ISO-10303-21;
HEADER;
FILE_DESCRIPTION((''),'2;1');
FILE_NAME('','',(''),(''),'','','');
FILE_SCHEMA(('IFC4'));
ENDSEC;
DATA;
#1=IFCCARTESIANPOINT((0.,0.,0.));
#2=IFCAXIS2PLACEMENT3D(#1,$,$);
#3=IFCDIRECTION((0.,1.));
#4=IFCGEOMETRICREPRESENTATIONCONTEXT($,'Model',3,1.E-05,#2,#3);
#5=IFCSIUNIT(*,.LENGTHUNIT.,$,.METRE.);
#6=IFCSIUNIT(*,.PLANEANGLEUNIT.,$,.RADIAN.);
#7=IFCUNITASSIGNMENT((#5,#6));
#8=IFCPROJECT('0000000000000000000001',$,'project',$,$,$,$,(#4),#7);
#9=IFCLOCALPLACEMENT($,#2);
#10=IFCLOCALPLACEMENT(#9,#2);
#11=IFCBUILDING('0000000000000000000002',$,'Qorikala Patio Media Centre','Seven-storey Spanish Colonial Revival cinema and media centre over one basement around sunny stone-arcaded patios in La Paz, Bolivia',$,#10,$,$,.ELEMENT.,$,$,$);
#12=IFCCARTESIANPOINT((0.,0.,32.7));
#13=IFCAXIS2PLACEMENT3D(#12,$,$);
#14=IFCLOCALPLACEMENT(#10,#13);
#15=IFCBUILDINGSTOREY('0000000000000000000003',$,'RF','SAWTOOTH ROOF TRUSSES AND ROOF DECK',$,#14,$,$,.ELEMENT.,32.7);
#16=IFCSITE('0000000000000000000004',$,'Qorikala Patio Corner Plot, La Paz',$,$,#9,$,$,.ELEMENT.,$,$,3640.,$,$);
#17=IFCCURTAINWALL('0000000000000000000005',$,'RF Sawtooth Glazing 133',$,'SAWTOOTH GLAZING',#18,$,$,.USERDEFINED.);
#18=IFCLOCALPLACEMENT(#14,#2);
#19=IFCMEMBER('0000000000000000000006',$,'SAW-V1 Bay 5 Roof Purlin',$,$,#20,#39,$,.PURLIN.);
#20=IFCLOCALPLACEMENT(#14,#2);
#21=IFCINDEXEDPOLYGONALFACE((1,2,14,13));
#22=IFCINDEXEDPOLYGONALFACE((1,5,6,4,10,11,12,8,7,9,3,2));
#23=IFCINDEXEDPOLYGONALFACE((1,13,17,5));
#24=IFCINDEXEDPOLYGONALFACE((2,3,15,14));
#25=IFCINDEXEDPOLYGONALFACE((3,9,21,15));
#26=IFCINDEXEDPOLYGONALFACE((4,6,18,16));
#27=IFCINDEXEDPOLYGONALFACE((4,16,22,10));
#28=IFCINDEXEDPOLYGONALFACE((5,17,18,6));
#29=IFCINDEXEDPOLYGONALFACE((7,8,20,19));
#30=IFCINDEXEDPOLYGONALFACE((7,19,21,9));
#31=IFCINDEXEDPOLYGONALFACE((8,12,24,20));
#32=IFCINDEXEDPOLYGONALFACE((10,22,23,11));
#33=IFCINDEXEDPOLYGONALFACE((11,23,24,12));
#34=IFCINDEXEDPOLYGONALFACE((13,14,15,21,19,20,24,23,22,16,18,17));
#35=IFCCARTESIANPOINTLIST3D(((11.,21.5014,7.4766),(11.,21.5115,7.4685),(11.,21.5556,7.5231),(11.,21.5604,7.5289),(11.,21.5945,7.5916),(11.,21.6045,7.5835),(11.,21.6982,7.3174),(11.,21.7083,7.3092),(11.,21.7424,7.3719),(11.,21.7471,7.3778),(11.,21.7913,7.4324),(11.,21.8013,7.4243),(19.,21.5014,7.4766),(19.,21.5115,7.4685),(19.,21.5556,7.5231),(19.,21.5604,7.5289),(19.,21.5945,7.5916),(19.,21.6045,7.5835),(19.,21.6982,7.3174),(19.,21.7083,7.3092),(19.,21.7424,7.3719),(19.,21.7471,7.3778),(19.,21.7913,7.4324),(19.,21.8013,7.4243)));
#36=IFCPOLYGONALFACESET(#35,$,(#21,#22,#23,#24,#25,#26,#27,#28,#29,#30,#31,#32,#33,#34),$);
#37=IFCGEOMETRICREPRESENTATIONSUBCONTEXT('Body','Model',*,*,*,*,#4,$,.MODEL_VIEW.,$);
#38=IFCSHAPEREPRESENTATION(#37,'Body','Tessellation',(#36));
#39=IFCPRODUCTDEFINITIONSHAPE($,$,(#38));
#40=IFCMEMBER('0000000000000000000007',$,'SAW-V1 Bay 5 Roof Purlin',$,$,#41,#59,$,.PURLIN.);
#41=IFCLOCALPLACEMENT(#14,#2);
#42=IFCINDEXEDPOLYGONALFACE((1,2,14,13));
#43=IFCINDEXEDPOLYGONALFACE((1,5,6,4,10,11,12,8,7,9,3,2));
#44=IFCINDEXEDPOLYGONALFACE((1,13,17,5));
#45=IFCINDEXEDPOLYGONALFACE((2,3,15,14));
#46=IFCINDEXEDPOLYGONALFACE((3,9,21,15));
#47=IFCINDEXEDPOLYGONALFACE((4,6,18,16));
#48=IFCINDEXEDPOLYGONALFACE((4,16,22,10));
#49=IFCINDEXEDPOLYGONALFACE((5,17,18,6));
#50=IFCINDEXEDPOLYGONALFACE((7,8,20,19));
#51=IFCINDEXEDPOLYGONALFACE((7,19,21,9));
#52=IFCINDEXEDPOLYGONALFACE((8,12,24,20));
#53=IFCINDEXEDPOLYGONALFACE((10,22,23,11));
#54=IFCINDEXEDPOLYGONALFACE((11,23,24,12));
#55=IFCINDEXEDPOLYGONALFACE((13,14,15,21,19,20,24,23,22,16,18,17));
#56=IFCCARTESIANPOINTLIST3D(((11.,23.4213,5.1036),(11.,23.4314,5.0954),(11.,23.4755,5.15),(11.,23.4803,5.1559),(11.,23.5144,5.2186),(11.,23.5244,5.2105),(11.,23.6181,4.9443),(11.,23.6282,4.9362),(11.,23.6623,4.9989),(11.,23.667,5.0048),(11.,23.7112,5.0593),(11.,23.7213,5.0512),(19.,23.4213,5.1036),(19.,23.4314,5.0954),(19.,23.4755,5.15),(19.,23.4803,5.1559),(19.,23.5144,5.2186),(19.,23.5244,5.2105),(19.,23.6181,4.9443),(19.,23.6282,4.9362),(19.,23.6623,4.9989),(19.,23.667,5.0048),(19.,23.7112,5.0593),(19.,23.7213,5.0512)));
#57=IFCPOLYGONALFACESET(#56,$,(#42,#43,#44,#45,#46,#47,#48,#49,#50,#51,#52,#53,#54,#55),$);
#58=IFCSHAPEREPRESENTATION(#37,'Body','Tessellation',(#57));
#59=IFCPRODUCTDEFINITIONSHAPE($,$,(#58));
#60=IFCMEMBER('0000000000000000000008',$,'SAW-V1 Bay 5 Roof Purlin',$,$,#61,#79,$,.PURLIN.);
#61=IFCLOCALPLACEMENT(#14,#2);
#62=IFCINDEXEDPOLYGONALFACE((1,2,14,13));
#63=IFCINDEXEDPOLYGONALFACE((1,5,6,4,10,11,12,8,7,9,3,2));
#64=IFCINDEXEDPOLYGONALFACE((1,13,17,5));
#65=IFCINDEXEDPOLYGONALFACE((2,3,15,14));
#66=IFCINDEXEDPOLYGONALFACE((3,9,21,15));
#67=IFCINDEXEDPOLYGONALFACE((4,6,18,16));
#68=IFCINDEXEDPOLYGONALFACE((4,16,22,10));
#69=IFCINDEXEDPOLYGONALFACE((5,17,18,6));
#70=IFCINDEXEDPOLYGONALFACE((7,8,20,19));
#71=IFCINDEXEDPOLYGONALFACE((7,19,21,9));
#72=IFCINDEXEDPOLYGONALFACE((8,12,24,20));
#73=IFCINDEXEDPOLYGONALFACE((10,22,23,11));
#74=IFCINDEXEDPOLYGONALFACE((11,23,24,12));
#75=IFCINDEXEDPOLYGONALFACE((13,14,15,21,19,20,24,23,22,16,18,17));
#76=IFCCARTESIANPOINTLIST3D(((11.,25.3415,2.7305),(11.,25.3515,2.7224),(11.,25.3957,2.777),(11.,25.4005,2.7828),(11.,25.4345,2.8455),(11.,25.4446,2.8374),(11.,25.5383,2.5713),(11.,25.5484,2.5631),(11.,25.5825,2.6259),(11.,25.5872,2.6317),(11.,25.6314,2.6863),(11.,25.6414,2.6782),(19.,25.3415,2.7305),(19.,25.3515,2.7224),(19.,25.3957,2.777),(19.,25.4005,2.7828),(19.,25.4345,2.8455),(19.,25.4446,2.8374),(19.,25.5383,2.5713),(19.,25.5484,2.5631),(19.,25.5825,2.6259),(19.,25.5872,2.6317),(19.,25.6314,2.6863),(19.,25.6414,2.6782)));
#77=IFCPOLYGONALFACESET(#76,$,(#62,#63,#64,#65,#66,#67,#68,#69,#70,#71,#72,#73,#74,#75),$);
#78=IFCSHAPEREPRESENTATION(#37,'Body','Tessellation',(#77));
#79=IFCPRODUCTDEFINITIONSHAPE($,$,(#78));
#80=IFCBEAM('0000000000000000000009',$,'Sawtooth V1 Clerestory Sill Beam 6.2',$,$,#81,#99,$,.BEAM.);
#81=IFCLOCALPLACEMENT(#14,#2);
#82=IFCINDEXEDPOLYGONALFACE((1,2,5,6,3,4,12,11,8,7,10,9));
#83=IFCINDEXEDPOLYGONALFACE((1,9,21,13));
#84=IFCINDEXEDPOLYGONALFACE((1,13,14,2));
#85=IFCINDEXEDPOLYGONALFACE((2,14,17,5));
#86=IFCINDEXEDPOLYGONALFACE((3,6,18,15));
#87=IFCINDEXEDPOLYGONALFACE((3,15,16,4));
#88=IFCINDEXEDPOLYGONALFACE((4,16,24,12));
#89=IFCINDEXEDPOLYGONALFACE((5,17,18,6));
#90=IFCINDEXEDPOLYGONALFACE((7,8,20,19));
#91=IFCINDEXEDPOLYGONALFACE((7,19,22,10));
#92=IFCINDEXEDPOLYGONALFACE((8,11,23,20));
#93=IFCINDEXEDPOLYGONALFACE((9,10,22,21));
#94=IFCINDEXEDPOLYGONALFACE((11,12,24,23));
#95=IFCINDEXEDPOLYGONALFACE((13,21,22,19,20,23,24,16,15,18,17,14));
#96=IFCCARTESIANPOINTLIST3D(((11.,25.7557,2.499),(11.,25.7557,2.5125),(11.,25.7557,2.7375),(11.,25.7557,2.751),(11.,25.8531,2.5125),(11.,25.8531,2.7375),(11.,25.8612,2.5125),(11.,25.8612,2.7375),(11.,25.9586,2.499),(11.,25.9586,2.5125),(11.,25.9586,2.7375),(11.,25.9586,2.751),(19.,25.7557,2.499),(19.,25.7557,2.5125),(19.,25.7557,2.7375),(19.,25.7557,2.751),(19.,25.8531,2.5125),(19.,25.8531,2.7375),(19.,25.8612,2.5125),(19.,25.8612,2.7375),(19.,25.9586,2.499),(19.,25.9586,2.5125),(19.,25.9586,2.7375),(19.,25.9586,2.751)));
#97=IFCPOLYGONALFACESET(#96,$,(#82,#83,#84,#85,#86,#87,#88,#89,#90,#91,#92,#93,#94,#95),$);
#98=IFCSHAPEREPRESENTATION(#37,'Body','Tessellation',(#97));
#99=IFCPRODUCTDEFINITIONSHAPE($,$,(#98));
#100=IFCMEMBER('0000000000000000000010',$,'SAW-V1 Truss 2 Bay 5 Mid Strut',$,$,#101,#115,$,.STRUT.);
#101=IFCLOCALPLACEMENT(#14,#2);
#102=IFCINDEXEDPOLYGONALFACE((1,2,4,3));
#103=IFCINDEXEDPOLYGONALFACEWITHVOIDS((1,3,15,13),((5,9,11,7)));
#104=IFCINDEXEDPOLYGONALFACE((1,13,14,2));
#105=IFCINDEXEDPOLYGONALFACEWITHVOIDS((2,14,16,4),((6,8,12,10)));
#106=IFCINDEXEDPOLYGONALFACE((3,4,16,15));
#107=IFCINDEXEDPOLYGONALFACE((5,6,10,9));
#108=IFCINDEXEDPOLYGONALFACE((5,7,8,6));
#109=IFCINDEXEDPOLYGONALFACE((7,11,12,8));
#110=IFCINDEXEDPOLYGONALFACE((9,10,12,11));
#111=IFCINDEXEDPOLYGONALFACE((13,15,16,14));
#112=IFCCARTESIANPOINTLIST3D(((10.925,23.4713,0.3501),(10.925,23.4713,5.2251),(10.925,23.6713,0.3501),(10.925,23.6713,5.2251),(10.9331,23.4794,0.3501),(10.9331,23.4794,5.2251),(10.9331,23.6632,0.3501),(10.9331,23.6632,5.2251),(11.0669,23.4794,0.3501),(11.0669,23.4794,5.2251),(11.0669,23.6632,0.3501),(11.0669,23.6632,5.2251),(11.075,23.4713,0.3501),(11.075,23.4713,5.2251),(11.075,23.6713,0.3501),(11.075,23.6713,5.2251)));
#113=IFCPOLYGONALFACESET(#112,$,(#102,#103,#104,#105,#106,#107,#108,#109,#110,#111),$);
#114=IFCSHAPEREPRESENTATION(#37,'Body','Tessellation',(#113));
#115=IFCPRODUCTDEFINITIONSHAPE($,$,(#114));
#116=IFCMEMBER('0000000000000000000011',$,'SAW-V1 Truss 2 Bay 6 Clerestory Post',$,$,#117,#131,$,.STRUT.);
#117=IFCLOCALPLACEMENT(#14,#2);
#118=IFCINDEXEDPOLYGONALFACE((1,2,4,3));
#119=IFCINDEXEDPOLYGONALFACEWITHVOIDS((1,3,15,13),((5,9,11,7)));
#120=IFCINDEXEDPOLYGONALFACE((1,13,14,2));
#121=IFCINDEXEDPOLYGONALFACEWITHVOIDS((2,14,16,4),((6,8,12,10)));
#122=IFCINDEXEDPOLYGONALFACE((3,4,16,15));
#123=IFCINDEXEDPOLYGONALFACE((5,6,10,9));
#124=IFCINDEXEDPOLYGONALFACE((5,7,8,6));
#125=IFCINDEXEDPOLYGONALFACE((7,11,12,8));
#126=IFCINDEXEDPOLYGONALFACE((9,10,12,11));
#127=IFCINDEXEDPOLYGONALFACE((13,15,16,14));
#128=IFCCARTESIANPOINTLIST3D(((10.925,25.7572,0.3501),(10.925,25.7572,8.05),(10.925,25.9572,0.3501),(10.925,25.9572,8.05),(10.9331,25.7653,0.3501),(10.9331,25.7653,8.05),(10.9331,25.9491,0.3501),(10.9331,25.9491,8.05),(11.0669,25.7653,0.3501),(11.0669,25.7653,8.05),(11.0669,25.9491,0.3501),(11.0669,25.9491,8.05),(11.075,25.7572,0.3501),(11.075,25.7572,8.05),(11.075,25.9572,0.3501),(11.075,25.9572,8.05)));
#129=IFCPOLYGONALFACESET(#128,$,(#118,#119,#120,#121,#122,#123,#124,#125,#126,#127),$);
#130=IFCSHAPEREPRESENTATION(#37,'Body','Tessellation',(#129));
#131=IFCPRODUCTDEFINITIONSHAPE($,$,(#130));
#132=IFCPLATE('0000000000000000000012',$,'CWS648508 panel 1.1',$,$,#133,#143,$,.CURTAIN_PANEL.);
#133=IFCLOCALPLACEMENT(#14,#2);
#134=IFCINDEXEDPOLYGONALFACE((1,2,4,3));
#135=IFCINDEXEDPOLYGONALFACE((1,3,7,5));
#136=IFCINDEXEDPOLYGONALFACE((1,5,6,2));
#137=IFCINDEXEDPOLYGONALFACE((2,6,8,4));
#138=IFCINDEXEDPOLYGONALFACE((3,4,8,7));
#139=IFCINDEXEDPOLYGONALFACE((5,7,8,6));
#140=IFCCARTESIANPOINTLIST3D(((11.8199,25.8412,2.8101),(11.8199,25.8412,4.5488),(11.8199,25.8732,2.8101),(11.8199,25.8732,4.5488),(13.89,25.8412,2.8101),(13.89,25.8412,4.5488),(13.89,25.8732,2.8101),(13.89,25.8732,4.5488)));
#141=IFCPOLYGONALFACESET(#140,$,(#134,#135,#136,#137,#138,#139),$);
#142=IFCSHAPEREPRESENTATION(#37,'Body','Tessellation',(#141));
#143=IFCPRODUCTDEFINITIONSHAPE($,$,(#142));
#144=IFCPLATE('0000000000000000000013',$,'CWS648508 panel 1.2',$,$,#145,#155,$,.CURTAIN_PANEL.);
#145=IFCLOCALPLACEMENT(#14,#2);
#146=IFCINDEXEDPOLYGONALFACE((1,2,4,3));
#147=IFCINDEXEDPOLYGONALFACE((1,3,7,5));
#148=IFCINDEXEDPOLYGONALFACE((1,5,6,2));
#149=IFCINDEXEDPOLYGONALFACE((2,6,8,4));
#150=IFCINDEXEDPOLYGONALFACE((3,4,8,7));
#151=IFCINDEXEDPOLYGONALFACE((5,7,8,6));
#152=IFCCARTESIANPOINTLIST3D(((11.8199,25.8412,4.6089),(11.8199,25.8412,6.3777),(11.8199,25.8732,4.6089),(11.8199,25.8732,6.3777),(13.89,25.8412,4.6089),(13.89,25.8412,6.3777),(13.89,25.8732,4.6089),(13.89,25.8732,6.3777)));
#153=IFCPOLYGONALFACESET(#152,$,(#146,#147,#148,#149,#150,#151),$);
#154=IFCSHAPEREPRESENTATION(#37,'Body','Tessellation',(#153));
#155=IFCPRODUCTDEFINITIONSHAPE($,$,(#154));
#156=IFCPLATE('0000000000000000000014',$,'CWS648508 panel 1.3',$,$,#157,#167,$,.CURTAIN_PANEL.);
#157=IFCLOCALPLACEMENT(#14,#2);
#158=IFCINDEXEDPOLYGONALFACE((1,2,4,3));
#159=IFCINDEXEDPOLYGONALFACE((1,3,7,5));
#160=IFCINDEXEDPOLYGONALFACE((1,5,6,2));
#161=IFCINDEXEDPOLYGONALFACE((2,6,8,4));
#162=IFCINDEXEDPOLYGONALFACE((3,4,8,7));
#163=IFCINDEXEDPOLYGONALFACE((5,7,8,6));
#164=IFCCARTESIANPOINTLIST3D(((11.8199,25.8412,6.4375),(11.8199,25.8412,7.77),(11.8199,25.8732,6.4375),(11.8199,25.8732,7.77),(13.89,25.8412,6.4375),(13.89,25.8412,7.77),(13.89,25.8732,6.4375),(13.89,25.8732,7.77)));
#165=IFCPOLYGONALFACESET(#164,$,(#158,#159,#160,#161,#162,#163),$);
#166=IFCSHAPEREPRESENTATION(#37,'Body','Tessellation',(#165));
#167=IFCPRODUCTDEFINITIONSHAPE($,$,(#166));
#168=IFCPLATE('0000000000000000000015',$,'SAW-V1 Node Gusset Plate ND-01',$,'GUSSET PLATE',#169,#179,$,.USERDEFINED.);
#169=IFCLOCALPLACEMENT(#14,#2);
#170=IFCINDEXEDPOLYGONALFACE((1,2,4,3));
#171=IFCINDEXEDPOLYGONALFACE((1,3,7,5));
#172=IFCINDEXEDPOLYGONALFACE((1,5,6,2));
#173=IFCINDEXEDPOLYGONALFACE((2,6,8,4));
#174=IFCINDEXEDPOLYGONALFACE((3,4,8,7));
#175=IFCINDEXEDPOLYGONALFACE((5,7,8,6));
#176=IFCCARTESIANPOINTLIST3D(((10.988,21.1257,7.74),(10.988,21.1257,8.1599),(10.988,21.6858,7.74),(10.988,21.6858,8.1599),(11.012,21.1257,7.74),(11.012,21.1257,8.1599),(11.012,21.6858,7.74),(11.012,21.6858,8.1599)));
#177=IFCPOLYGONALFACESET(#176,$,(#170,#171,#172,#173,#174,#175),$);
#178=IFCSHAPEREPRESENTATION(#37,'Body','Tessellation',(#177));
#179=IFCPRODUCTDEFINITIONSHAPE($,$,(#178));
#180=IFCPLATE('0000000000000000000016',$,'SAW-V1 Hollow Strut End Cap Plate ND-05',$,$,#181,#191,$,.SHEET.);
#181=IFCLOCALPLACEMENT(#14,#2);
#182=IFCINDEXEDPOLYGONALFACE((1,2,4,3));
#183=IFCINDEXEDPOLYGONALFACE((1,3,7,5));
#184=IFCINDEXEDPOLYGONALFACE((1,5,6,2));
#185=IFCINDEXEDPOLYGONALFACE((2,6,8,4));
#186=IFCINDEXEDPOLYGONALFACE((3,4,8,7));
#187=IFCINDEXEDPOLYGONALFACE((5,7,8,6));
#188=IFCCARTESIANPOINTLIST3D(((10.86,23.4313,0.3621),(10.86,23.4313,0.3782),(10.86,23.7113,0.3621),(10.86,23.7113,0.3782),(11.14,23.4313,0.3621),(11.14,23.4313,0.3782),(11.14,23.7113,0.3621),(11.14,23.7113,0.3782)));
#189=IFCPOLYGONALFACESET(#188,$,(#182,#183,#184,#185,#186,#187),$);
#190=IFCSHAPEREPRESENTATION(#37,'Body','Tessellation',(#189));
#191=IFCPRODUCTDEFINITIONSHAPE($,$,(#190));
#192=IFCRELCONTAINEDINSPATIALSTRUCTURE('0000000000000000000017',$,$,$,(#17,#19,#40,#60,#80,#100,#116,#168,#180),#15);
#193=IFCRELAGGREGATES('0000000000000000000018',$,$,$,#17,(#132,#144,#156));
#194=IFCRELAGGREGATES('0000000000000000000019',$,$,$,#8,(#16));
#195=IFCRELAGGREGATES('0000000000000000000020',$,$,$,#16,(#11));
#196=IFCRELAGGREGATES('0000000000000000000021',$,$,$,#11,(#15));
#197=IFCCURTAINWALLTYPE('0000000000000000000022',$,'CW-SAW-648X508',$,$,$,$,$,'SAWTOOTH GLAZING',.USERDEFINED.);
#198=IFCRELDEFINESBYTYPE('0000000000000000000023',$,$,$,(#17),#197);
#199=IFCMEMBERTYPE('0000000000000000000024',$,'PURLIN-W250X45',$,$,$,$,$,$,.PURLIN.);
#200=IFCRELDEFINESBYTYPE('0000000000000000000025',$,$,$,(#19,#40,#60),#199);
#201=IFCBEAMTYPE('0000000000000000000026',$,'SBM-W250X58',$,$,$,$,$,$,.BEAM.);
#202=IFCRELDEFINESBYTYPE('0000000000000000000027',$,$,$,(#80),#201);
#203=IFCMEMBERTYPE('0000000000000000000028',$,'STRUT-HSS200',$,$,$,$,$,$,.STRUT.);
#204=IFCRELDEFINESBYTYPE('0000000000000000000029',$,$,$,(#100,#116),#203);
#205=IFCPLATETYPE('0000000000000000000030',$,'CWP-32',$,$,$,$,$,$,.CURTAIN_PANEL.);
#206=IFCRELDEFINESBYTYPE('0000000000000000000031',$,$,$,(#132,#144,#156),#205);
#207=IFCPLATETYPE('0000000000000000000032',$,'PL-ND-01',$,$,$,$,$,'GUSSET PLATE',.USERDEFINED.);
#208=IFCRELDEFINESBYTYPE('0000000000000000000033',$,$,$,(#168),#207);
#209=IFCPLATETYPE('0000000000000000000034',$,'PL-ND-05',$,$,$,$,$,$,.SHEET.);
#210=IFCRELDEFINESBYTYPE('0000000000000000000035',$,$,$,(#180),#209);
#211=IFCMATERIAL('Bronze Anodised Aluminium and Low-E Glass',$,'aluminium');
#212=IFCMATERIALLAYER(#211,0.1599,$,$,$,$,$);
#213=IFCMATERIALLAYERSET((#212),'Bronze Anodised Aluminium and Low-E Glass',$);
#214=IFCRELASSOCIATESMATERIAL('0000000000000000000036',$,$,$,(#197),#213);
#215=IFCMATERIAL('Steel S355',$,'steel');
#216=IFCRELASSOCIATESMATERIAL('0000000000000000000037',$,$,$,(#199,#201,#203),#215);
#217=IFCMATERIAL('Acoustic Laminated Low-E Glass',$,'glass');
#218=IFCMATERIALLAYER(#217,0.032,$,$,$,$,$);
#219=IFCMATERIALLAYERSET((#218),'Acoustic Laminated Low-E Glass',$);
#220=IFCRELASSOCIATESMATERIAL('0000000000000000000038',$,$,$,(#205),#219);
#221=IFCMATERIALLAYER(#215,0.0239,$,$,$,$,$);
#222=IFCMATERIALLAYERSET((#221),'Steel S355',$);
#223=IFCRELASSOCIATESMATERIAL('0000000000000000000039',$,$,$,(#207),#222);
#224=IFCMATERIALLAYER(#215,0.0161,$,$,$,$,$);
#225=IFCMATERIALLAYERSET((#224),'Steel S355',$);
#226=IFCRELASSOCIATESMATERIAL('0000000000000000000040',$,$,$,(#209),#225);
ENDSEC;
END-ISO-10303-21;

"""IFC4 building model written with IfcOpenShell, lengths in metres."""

from ifc_helpers import new_model, si_unit, direction, frame, origin, origin_2d, place, context, subcontext, project, spatial, rectangle, hollow_rectangle, i_section, extrude, material, layer, layer_set, material_profile, profile_set, type_object, element, aggregate, save


model = new_model("IFC4")

# Units and contexts
model_context = context("Model", 3, precision=1e-05, world=origin(), true_north=direction((0.0, 1.0)))
body_context = subcontext(model_context, "Body", "Model", "MODEL_VIEW")
ifc_project = project(units=[si_unit("LENGTHUNIT", "METRE"), si_unit("PLANEANGLEUNIT", "RADIAN")], contexts=[model_context])

# Site, building, storey
site_placement = place(None, origin())
site = spatial("IfcSite", under=ifc_project, at=site_placement, Name="Qorikala Patio Corner Plot, La Paz", CompositionType="ELEMENT", RefElevation=3640.0)
building_placement = place(site_placement, origin())
building = spatial("IfcBuilding", under=site, at=building_placement, Name="Qorikala Patio Media Centre", Description="Seven-storey Spanish Colonial Revival cinema and media centre over one basement around sunny stone-arcaded patios in La Paz, Bolivia", CompositionType="ELEMENT")
storey_placement = place(building_placement, frame((0.0, 0.0, 32.7)))
storey = spatial("IfcBuildingStorey", under=building, at=storey_placement, Name="RF", Description="SAWTOOTH ROOF TRUSSES AND ROOF DECK", CompositionType="ELEMENT", Elevation=32.7)

# Shared definitions
ifc_material_1 = material(Name="Steel S355", Category="steel")

# Curtain wall
ifc_material_2 = material(Name="Bronze Anodised Aluminium and Low-E Glass", Category="aluminium")
ifc_layer_1 = layer(ifc_material_2, 0.1599)
ifc_layer_set_1 = layer_set([ifc_layer_1], Name="Bronze Anodised Aluminium and Low-E Glass")
curtain_wall_type = type_object("IfcCurtainWallType", Name="CW-SAW-648X508", ElementType="SAWTOOTH GLAZING", PredefinedType="USERDEFINED", material=ifc_layer_set_1)
curtain_wall_placement = place(storey_placement, origin())
curtain_wall = element("IfcCurtainWall", 1, at=curtain_wall_placement, inside=storey, type_object=curtain_wall_type, Name="RF Sawtooth Glazing 133", ObjectType="SAWTOOTH GLAZING", PredefinedType="USERDEFINED")

# Members
ifc_material_profile_1 = material_profile(ifc_material_1, i_section(OverallWidth=0.1479, OverallDepth=0.2661, WebThickness=0.0076, FlangeThickness=0.0129, at=origin_2d()), Name="W250X45")
ifc_profile_set_1 = profile_set([ifc_material_profile_1], Name="Steel S355")
member_type_1 = type_object("IfcMemberType", Name="PURLIN-W250X45", PredefinedType="PURLIN", material=ifc_profile_set_1)
for number, where, z_axis, x_axis, name in (
    (2, (11.0, 21.6514, 7.4504), (1.0, 0.0, 0.0), (0.0, 0.628995, 0.77741), "SAW-V1 Bay 5 Roof Purlin"),
    (3, (11.0, 23.5713, 5.0774), (1.0, 0.0, 0.0), (0.0, 0.628995, 0.77741), "SAW-V1 Bay 5 Roof Purlin"),
    (4, (11.0, 25.4915, 2.7043), (1.0, 0.0, 0.0), (0.0, 0.628995, 0.77741), "SAW-V1 Bay 5 Roof Purlin"),
):
    element("IfcMember", number, at=place(storey_placement, frame(where, z_axis=z_axis, x_axis=x_axis)), inside=storey, type_object=member_type_1, Name=name, PredefinedType="PURLIN", context=body_context, shape_type="SweptSolid", body=[
        extrude(i_section(OverallWidth=0.1479, OverallDepth=0.2661, WebThickness=0.0076, FlangeThickness=0.0129, at=origin_2d()), origin(), (0.0, 0.0, 1.0), 8.0),
    ])

# Beam
ifc_material_profile_2 = material_profile(ifc_material_1, i_section(OverallWidth=0.2029, OverallDepth=0.252, WebThickness=0.0081, FlangeThickness=0.0134, at=origin_2d()), Name="W250X58")
ifc_profile_set_2 = profile_set([ifc_material_profile_2], Name="Steel S355")
beam_type = type_object("IfcBeamType", Name="SBM-W250X58", PredefinedType="BEAM", material=ifc_profile_set_2)
beam_placement = place(storey_placement, frame((11.0, 25.8572, 2.625), z_axis=(1.0, 0.0, 0.0), x_axis=(0.0, 1.0, 0.0)))
element("IfcBeam", 5, at=beam_placement, inside=storey, type_object=beam_type, Name="Sawtooth V1 Clerestory Sill Beam 6.2", PredefinedType="BEAM", context=body_context, shape_type="SweptSolid", body=[
    extrude(i_section(OverallWidth=0.2029, OverallDepth=0.252, WebThickness=0.0081, FlangeThickness=0.0134, at=origin_2d()), origin(), (0.0, 0.0, 1.0), 8.0),
])

# Members
ifc_material_profile_3 = material_profile(ifc_material_1, hollow_rectangle(XDim=0.1499, YDim=0.2, WallThickness=0.0081, at=origin_2d()), Name="HSS200X150X8")
ifc_profile_set_3 = profile_set([ifc_material_profile_3], Name="Steel S355")
member_type_2 = type_object("IfcMemberType", Name="STRUT-HSS200", PredefinedType="STRUT", material=ifc_profile_set_3)
member_1_placement = place(storey_placement, frame((11.0, 23.5713, 0.3501), z_axis=(0.0, 0.0, 1.0), x_axis=(1.0, 0.0, 0.0)))
element("IfcMember", 6, at=member_1_placement, inside=storey, type_object=member_type_2, Name="SAW-V1 Truss 2 Bay 5 Mid Strut", PredefinedType="STRUT", context=body_context, shape_type="SweptSolid", body=[
    extrude(hollow_rectangle(XDim=0.1499, YDim=0.2, WallThickness=0.0081, at=origin_2d()), origin(), (0.0, 0.0, 1.0), 4.875),
])
member_2_placement = place(storey_placement, frame((11.0, 25.8572, 0.3501), z_axis=(0.0, 0.0, 1.0), x_axis=(1.0, 0.0, 0.0)))
element("IfcMember", 7, at=member_2_placement, inside=storey, type_object=member_type_2, Name="SAW-V1 Truss 2 Bay 6 Clerestory Post", PredefinedType="STRUT", context=body_context, shape_type="SweptSolid", body=[
    extrude(hollow_rectangle(XDim=0.1499, YDim=0.2, WallThickness=0.0081, at=origin_2d()), origin(), (0.0, 0.0, 1.0), 7.7),
])

# Plates
ifc_material_3 = material(Name="Acoustic Laminated Low-E Glass", Category="glass")
ifc_layer_2 = layer(ifc_material_3, 0.032)
ifc_layer_set_2 = layer_set([ifc_layer_2], Name="Acoustic Laminated Low-E Glass")
plate_type_1 = type_object("IfcPlateType", Name="CWP-32", PredefinedType="CURTAIN_PANEL", material=ifc_layer_set_2)
plate_1_placement = place(storey_placement, frame((12.855, 25.8572, 2.8101), z_axis=(0.0, 0.0, 1.0), x_axis=(1.0, 0.0, 0.0)))
plate_1 = element("IfcPlate", 8, at=plate_1_placement, type_object=plate_type_1, Name="CWS648508 panel 1.1", PredefinedType="CURTAIN_PANEL", context=body_context, shape_type="SweptSolid", body=[
    extrude(rectangle(XDim=2.0701, YDim=0.032, at=origin_2d()), origin(), (0.0, 0.0, 1.0), 1.7388),
])
plate_2_placement = place(storey_placement, frame((12.855, 25.8572, 4.6089), z_axis=(0.0, 0.0, 1.0), x_axis=(1.0, 0.0, 0.0)))
plate_2 = element("IfcPlate", 9, at=plate_2_placement, type_object=plate_type_1, Name="CWS648508 panel 1.2", PredefinedType="CURTAIN_PANEL", context=body_context, shape_type="SweptSolid", body=[
    extrude(rectangle(XDim=2.0701, YDim=0.032, at=origin_2d()), origin(), (0.0, 0.0, 1.0), 1.7688),
])
plate_3_placement = place(storey_placement, frame((12.855, 25.8572, 6.4375), z_axis=(0.0, 0.0, 1.0), x_axis=(1.0, 0.0, 0.0)))
plate_3 = element("IfcPlate", 10, at=plate_3_placement, type_object=plate_type_1, Name="CWS648508 panel 1.3", PredefinedType="CURTAIN_PANEL", context=body_context, shape_type="SweptSolid", body=[
    extrude(rectangle(XDim=2.0701, YDim=0.032, at=origin_2d()), origin(), (0.0, 0.0, 1.0), 1.3325),
])
aggregate(curtain_wall, [plate_1, plate_2, plate_3])

# Plates
ifc_layer_3 = layer(ifc_material_1, 0.0239)
ifc_layer_set_3 = layer_set([ifc_layer_3], Name="Steel S355")
plate_type_2 = type_object("IfcPlateType", Name="PL-ND-01", ElementType="GUSSET PLATE", PredefinedType="USERDEFINED", material=ifc_layer_set_3)
plate_4_placement = place(storey_placement, frame((11.0, 21.4058, 7.74), z_axis=(0.0, 0.0, 1.0), x_axis=(1.0, 0.0, 0.0)))
element("IfcPlate", 11, at=plate_4_placement, inside=storey, type_object=plate_type_2, Name="SAW-V1 Node Gusset Plate ND-01", ObjectType="GUSSET PLATE", PredefinedType="USERDEFINED", context=body_context, shape_type="SweptSolid", body=[
    extrude(rectangle(XDim=0.0239, YDim=0.5601, at=origin_2d()), origin(), (0.0, 0.0, 1.0), 0.4199),
])
ifc_layer_4 = layer(ifc_material_1, 0.0161)
ifc_layer_set_4 = layer_set([ifc_layer_4], Name="Steel S355")
plate_type_3 = type_object("IfcPlateType", Name="PL-ND-05", PredefinedType="SHEET", material=ifc_layer_set_4)
plate_5_placement = place(storey_placement, frame((11.0, 23.5713, 0.3621), z_axis=(0.0, 0.0, 1.0), x_axis=(1.0, 0.0, 0.0)))
element("IfcPlate", 12, at=plate_5_placement, inside=storey, type_object=plate_type_3, Name="SAW-V1 Hollow Strut End Cap Plate ND-05", PredefinedType="SHEET", context=body_context, shape_type="SweptSolid", body=[
    extrude(rectangle(XDim=0.28, YDim=0.28, at=origin_2d()), origin(), (0.0, 0.0, 1.0), 0.0161),
])

save(model, "model.ifc")
